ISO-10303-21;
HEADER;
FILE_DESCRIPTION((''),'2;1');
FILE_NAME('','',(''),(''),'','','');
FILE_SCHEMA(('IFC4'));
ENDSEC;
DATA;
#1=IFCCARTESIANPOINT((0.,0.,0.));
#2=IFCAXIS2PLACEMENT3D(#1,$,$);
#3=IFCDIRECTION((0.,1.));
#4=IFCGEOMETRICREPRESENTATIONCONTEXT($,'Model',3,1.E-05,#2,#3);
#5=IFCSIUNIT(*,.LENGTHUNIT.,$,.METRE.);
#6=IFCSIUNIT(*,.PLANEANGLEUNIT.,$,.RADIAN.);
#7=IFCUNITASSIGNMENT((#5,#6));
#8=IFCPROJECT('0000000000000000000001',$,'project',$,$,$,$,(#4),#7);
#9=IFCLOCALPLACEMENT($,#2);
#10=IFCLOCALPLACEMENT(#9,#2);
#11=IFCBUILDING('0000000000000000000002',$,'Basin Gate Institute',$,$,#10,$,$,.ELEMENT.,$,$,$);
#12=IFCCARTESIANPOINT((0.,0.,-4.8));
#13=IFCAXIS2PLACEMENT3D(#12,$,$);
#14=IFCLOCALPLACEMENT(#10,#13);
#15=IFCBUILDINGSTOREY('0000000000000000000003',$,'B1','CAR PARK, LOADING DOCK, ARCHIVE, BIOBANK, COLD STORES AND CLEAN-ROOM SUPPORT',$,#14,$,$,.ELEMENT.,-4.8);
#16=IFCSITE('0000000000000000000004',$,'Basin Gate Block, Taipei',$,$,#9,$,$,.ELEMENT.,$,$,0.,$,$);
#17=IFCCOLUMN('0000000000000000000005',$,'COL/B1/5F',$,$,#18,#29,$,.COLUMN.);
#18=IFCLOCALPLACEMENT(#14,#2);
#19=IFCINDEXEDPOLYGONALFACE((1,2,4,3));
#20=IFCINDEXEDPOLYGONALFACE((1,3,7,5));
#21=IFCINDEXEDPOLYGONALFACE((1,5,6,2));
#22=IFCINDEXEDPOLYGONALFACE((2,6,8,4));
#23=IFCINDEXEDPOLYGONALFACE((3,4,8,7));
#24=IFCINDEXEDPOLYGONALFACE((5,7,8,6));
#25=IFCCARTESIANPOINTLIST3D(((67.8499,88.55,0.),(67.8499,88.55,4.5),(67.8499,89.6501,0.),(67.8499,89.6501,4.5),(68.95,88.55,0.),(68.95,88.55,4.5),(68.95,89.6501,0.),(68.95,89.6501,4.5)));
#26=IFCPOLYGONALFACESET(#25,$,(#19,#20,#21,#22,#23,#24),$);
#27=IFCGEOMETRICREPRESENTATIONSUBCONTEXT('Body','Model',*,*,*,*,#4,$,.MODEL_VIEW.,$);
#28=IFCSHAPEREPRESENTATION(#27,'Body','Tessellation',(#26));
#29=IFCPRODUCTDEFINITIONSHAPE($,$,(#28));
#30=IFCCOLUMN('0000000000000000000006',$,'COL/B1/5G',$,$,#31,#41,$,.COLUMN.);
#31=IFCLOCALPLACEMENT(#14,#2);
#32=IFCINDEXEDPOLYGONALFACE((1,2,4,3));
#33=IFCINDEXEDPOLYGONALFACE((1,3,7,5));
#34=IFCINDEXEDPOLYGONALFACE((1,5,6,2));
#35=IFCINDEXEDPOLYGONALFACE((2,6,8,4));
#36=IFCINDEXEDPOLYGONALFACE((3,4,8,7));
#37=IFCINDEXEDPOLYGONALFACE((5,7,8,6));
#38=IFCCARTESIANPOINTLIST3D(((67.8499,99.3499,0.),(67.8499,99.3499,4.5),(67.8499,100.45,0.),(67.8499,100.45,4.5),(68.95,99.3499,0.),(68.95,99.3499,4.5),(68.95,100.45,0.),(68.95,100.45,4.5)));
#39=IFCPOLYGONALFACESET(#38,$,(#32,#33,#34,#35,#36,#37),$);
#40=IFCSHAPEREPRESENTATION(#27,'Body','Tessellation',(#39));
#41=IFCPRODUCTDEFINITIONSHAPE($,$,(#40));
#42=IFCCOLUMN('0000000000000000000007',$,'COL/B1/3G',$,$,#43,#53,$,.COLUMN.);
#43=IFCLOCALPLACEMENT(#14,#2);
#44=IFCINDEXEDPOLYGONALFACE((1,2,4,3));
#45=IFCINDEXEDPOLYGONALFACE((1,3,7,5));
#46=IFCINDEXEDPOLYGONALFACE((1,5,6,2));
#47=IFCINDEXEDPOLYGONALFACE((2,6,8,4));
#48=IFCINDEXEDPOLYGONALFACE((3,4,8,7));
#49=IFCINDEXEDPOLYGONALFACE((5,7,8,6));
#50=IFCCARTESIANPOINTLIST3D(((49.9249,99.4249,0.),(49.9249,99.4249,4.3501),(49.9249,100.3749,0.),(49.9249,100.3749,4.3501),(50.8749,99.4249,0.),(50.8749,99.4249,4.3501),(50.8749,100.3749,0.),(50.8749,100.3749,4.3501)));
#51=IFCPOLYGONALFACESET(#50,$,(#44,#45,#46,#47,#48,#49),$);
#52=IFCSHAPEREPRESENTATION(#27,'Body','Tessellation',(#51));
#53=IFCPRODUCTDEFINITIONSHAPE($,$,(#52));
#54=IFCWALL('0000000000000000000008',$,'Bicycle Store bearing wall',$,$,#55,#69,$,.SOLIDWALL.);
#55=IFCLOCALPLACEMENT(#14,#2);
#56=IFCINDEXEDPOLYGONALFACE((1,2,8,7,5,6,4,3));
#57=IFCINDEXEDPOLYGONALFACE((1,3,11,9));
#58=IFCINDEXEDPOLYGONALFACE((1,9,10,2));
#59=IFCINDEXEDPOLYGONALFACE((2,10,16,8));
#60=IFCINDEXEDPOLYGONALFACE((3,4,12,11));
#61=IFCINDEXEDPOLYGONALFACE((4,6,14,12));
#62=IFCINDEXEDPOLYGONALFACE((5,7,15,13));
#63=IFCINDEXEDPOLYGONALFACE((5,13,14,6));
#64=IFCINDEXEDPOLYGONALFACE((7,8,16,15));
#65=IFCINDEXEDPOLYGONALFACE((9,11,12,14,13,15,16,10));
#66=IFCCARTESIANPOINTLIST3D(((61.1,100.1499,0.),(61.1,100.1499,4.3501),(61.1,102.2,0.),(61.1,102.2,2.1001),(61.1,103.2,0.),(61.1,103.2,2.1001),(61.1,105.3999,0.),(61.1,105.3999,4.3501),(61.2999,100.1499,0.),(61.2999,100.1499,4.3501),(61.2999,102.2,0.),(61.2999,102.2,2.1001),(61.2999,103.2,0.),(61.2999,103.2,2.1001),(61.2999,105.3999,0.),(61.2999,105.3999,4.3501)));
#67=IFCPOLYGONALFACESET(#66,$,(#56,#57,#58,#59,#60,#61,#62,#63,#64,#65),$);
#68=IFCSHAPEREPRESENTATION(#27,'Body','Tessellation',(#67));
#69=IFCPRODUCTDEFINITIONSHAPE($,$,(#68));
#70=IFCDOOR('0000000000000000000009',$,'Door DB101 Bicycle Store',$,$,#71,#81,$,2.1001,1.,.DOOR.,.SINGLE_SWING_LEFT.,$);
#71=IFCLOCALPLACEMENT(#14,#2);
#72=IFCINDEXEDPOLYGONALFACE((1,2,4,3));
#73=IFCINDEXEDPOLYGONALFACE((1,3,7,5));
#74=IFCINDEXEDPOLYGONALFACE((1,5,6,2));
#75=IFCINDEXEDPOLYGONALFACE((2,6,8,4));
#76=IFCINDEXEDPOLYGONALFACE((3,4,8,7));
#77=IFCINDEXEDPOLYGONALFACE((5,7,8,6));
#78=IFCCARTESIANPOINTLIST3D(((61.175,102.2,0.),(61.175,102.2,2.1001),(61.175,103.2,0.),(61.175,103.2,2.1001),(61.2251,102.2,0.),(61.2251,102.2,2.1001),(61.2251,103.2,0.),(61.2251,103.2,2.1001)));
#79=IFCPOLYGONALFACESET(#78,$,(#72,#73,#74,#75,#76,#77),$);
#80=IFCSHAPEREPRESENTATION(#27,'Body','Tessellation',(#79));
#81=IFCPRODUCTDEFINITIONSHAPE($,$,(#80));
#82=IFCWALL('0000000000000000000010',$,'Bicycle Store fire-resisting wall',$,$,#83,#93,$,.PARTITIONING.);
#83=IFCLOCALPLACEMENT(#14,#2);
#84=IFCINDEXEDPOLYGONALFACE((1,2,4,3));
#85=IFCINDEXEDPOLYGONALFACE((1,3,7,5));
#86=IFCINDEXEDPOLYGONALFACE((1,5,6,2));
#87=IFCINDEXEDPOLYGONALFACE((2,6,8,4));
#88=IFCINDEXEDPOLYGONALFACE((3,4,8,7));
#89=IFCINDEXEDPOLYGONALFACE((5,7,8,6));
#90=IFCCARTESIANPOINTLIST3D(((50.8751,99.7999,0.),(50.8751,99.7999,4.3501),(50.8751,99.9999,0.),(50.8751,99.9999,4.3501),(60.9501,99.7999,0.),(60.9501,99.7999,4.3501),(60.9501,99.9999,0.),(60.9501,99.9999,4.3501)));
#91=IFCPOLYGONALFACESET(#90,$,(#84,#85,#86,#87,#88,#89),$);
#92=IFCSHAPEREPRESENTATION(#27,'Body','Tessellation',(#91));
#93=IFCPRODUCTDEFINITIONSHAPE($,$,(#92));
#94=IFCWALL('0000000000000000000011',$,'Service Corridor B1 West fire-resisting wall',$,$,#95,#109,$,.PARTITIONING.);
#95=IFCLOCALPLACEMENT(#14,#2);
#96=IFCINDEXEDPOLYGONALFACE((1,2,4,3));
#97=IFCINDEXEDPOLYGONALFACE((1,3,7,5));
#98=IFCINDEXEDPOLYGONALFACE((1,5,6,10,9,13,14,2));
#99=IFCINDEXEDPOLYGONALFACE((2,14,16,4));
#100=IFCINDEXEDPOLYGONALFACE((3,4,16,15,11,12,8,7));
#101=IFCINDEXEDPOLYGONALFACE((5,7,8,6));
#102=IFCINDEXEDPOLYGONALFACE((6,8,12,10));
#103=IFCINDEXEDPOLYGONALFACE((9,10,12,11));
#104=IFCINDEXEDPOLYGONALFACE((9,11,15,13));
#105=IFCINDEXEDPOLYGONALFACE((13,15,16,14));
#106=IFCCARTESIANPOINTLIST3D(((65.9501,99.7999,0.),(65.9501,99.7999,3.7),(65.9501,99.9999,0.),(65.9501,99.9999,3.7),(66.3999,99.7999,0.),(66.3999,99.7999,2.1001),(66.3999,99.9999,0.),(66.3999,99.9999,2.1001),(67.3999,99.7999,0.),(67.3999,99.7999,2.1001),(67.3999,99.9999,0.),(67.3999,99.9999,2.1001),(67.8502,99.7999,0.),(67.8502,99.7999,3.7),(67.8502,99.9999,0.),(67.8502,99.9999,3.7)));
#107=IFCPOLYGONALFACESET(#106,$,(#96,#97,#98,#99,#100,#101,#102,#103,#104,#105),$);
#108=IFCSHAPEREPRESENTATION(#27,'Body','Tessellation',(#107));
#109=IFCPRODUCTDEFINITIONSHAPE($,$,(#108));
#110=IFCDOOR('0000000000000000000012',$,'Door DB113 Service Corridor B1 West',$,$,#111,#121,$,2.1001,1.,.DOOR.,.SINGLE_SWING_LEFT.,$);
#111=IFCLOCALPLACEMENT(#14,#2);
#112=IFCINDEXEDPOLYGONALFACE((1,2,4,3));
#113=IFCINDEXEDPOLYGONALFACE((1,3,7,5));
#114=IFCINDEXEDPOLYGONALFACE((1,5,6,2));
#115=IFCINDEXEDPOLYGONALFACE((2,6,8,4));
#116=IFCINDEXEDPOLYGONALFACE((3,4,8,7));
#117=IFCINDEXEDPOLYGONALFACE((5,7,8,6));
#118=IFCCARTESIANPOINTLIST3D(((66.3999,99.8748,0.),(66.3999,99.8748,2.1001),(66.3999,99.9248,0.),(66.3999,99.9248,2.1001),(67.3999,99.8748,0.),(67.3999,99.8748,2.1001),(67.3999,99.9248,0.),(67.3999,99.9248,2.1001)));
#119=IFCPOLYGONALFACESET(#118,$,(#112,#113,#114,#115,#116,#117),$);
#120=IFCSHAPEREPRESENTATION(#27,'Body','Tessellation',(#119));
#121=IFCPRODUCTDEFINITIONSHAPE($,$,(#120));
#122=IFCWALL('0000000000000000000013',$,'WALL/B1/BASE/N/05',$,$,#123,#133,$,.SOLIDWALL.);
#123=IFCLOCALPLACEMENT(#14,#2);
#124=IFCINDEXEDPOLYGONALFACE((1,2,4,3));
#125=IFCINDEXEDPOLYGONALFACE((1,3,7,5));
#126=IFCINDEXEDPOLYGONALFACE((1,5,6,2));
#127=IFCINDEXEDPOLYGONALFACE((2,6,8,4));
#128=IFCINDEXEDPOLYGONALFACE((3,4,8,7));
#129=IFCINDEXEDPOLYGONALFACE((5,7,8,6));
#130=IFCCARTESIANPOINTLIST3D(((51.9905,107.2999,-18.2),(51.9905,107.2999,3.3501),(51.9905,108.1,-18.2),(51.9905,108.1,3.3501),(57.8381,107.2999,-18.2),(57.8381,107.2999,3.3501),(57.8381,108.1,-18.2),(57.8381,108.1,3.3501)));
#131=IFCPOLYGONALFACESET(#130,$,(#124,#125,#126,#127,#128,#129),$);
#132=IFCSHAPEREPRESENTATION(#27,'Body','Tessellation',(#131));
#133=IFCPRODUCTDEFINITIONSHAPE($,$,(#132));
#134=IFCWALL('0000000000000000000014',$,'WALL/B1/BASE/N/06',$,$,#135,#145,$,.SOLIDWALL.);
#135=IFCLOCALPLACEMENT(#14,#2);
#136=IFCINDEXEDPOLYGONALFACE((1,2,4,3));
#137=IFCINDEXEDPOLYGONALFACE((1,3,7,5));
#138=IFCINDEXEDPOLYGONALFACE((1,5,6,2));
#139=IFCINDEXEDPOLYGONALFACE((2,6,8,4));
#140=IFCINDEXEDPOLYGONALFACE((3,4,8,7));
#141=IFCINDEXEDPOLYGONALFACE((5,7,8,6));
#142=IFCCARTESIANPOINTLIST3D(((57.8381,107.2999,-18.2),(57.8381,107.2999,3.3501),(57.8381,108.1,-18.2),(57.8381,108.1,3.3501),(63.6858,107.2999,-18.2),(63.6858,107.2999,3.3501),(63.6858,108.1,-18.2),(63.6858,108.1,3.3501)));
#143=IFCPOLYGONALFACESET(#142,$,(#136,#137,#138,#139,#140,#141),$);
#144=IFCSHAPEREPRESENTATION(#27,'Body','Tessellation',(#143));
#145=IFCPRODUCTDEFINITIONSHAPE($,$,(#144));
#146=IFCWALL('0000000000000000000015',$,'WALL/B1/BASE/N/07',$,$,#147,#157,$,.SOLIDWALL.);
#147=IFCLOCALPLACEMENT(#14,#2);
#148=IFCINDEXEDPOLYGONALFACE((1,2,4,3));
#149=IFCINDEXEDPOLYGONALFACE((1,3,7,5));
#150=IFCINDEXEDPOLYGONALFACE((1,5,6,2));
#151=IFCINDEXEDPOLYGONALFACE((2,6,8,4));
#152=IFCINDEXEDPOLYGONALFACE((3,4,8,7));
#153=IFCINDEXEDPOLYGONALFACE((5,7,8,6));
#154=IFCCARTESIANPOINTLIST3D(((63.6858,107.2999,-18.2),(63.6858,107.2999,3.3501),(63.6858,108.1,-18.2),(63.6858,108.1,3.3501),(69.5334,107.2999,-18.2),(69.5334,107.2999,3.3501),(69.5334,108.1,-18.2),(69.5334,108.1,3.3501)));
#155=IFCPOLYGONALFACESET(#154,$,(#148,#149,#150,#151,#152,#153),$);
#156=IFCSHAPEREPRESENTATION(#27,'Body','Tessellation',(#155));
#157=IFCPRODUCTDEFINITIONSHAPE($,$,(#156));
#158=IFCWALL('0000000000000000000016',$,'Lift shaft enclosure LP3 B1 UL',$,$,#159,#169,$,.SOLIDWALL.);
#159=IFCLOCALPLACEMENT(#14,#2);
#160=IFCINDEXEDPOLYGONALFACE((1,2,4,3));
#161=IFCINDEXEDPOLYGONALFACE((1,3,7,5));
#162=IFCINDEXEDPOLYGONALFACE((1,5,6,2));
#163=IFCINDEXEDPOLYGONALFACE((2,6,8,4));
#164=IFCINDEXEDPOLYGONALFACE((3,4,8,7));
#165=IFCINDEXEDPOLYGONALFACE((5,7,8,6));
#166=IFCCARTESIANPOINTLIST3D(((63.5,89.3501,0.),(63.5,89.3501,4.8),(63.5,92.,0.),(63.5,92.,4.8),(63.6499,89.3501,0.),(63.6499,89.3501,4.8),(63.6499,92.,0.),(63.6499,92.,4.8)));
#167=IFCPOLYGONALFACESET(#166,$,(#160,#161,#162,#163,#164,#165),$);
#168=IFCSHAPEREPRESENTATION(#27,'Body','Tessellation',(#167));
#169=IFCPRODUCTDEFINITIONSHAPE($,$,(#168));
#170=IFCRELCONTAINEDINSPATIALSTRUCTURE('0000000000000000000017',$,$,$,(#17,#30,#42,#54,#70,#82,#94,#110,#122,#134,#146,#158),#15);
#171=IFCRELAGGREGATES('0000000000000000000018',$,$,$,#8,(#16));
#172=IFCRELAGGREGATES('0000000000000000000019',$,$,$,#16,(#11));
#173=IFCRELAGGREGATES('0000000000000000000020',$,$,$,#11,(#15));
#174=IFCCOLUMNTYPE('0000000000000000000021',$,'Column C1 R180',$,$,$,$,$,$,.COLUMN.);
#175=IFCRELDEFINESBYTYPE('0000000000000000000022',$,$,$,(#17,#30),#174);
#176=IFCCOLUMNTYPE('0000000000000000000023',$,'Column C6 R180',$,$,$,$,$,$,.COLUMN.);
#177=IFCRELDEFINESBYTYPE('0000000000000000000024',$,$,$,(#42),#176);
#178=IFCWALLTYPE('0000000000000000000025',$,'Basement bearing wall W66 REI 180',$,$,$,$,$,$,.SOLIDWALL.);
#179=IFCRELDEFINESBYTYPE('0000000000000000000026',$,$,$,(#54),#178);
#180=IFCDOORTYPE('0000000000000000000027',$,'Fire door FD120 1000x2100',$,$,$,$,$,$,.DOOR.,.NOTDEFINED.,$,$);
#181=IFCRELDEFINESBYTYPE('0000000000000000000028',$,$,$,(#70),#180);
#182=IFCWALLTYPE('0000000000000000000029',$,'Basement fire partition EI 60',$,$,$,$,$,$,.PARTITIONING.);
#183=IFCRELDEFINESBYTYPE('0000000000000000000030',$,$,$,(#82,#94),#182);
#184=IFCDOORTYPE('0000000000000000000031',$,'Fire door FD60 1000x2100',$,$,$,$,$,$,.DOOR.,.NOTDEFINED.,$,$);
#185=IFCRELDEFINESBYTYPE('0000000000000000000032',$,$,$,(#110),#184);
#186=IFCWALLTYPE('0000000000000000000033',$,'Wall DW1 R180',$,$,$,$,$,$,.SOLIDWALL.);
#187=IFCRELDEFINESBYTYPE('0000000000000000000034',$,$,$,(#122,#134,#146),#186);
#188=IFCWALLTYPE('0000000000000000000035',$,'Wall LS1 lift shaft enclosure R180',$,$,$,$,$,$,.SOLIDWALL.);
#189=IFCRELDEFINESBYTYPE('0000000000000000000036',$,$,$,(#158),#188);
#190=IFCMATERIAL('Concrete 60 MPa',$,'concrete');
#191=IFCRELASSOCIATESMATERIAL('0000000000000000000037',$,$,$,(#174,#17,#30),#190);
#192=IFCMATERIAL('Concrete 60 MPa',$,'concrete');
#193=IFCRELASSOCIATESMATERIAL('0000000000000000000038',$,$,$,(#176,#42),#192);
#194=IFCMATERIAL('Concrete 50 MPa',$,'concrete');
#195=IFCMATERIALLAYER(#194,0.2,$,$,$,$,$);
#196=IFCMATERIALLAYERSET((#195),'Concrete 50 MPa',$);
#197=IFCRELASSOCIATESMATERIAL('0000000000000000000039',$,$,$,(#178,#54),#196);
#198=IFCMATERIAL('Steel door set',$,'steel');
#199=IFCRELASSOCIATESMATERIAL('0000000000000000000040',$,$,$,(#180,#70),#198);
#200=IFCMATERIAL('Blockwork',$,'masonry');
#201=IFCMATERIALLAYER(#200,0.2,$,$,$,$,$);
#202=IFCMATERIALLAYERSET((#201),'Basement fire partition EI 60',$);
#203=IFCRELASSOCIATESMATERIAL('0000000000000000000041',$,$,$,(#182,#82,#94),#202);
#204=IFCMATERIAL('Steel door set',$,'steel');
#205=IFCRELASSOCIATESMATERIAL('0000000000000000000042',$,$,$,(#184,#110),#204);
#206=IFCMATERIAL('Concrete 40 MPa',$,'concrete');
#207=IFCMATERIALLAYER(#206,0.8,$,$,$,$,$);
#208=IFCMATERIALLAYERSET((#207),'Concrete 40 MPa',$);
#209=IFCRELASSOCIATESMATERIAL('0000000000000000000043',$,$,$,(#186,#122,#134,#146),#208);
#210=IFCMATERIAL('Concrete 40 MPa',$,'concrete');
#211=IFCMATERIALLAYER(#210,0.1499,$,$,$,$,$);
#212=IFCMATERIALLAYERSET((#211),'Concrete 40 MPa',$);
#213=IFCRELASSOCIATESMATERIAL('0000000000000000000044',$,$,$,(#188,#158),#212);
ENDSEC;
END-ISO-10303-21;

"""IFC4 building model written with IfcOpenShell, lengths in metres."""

from ifc_helpers import new_model, si_unit, direction, frame, frame_2d, origin, origin_2d, place, context, subcontext, project, spatial, rectangle, extrude, material, layer, layer_set, material_profile, profile_set, type_object, element, fill, save


model = new_model("IFC4")

# Units and contexts
model_context = context("Model", 3, precision=1e-05, world=origin(), true_north=direction((0.0, 1.0)))
body_context = subcontext(model_context, "Body", "Model", "MODEL_VIEW")
ifc_project = project(units=[si_unit("LENGTHUNIT", "METRE"), si_unit("PLANEANGLEUNIT", "RADIAN")], contexts=[model_context])

# Site, building, storey
site_placement = place(None, origin())
site = spatial("IfcSite", under=ifc_project, at=site_placement, Name="Basin Gate Block, Taipei", CompositionType="ELEMENT", RefElevation=0.0)
building_placement = place(site_placement, origin())
building = spatial("IfcBuilding", under=site, at=building_placement, Name="Basin Gate Institute", CompositionType="ELEMENT")
storey_placement = place(building_placement, frame((0.0, 0.0, -4.8)))
storey = spatial("IfcBuildingStorey", under=building, at=storey_placement, Name="B1", Description="CAR PARK, LOADING DOCK, ARCHIVE, BIOBANK, COLD STORES AND CLEAN-ROOM SUPPORT", CompositionType="ELEMENT", Elevation=-4.8)

# Columns
ifc_material_1 = material(Name="Concrete 60 MPa", Category="concrete")
ifc_material_profile_1 = material_profile(ifc_material_1, rectangle(XDim=1.1001, YDim=1.1001, at=origin_2d()), Name="Column C1 1100 x 1100")
ifc_profile_set_1 = profile_set([ifc_material_profile_1], Name="Concrete 60 MPa")
column_type_1 = type_object("IfcColumnType", Name="Column C1 R180", PredefinedType="COLUMN", material=ifc_profile_set_1)
for number, where, z_axis, x_axis, name in (
    (1, (68.3999, 89.1001, 0.0), (0.0, 0.0, 1.0), (1.0, 0.0, 0.0), "COL/B1/5F"),
    (2, (68.3999, 99.8999, 0.0), (0.0, 0.0, 1.0), (1.0, 0.0, 0.0), "COL/B1/5G"),
):
    element("IfcColumn", number, at=place(storey_placement, frame(where, z_axis=z_axis, x_axis=x_axis)), inside=storey, type_object=column_type_1, material=ifc_profile_set_1, Name=name, PredefinedType="COLUMN", context=body_context, shape_type="SweptSolid", body=[
        extrude(rectangle(XDim=1.1001, YDim=1.1001, at=origin_2d()), origin(), (0.0, 0.0, 1.0), 4.5),
    ])
ifc_material_2 = material(Name="Concrete 60 MPa", Category="concrete")
ifc_material_profile_2 = material_profile(ifc_material_2, rectangle(XDim=0.95, YDim=0.95, at=origin_2d()), Name="Column C6 950 x 950")
ifc_profile_set_2 = profile_set([ifc_material_profile_2], Name="Concrete 60 MPa")
column_type_2 = type_object("IfcColumnType", Name="Column C6 R180", PredefinedType="COLUMN", material=ifc_profile_set_2)
column_placement = place(storey_placement, frame((50.3999, 99.8999, 0.0), z_axis=(0.0, 0.0, 1.0), x_axis=(1.0, 0.0, 0.0)))
element("IfcColumn", 3, at=column_placement, inside=storey, type_object=column_type_2, material=ifc_profile_set_2, Name="COL/B1/3G", PredefinedType="COLUMN", context=body_context, shape_type="SweptSolid", body=[
    extrude(rectangle(XDim=0.95, YDim=0.95, at=origin_2d()), origin(), (0.0, 0.0, 1.0), 4.3501),
])

# Wall, opening, door
ifc_material_3 = material(Name="Concrete 50 MPa", Category="concrete")
ifc_layer_1 = layer(ifc_material_3, 0.2)
ifc_layer_set_1 = layer_set([ifc_layer_1], Name="Concrete 50 MPa")
wall_type_1 = type_object("IfcWallType", Name="Basement bearing wall W66 REI 180", PredefinedType="SOLIDWALL", material=ifc_layer_set_1)
wall_1_placement = place(storey_placement, frame((61.2, 100.1499, 0.0), z_axis=(0.0, 0.0, 1.0), x_axis=(0.0, 1.0, 0.0)))
wall_1 = element("IfcWall", 4, at=wall_1_placement, inside=storey, type_object=wall_type_1, material=ifc_layer_set_1, Name="Bicycle Store bearing wall", PredefinedType="SOLIDWALL", context=body_context, shape_type="SweptSolid", body=[
    extrude(rectangle(XDim=5.25, YDim=0.2, at=frame_2d((2.625, 0.0))), origin(), (0.0, 0.0, 1.0), 4.3501),
])
opening_1_placement = place(wall_1_placement, frame((2.05, 0.0, 0.0)))
opening_1 = element("IfcOpeningElement", 5, at=opening_1_placement, cuts=wall_1, PredefinedType="OPENING", context=body_context, shape_type="SweptSolid", body=[
    extrude(rectangle(XDim=1.0, YDim=2.1001, at=frame_2d((0.5, 1.05))), frame((0.0, 0.1099, 0.0), z_axis=(0.0, -1.0, 0.0), x_axis=(1.0, 0.0, 0.0)), (0.0, 0.0, 1.0), 0.22),
])
ifc_material_4 = material(Name="Steel door set", Category="steel")
door_type_1 = type_object("IfcDoorType", Name="Fire door FD120 1000x2100", OperationType="NOTDEFINED", PredefinedType="DOOR", material=ifc_material_4)
door_1_placement = place(opening_1_placement, origin())
door_1 = element("IfcDoor", 6, at=door_1_placement, inside=storey, type_object=door_type_1, material=ifc_material_4, Name="Door DB101 Bicycle Store", OperationType="SINGLE_SWING_LEFT", OverallHeight=2.1001, OverallWidth=1.0, PredefinedType="DOOR", context=body_context, shape_type="SweptSolid", body=[
    extrude(rectangle(XDim=1.0, YDim=2.1001, at=frame_2d((0.5, 1.05))), frame((0.0, 0.0249, 0.0), z_axis=(0.0, -1.0, 0.0), x_axis=(1.0, 0.0, 0.0)), (0.0, 0.0, 1.0), 0.05),
])
fill(opening_1, door_1)

# Wall
ifc_material_5 = material(Name="Blockwork", Category="masonry")
ifc_layer_2 = layer(ifc_material_5, 0.2)
ifc_layer_set_2 = layer_set([ifc_layer_2], Name="Basement fire partition EI 60")
wall_type_2 = type_object("IfcWallType", Name="Basement fire partition EI 60", PredefinedType="PARTITIONING", material=ifc_layer_set_2)
wall_2_placement = place(storey_placement, frame((50.875, 99.8999, 0.0), z_axis=(0.0, 0.0, 1.0), x_axis=(1.0, 0.0, 0.0)))
element("IfcWall", 7, at=wall_2_placement, inside=storey, type_object=wall_type_2, material=ifc_layer_set_2, Name="Bicycle Store fire-resisting wall", PredefinedType="PARTITIONING", context=body_context, shape_type="SweptSolid", body=[
    extrude(rectangle(XDim=10.075, YDim=0.2, at=frame_2d((5.0376, 0.0))), origin(), (0.0, 0.0, 1.0), 4.3501),
])

# Wall, opening, door
wall_3_placement = place(storey_placement, frame((65.95, 99.8999, 0.0), z_axis=(0.0, 0.0, 1.0), x_axis=(1.0, 0.0, 0.0)))
wall_3 = element("IfcWall", 8, at=wall_3_placement, inside=storey, type_object=wall_type_2, material=ifc_layer_set_2, Name="Service Corridor B1 West fire-resisting wall", PredefinedType="PARTITIONING", context=body_context, shape_type="SweptSolid", body=[
    extrude(rectangle(XDim=1.9001, YDim=0.2, at=frame_2d((0.9502, 0.0))), origin(), (0.0, 0.0, 1.0), 3.7),
])
opening_2_placement = place(wall_3_placement, frame((0.45, 0.0, 0.0)))
opening_2 = element("IfcOpeningElement", 9, at=opening_2_placement, cuts=wall_3, PredefinedType="OPENING", context=body_context, shape_type="SweptSolid", body=[
    extrude(rectangle(XDim=1.0, YDim=2.1001, at=frame_2d((0.5, 1.05))), frame((0.0, 0.1099, 0.0), z_axis=(0.0, -1.0, 0.0), x_axis=(1.0, 0.0, 0.0)), (0.0, 0.0, 1.0), 0.22),
])
ifc_material_6 = material(Name="Steel door set", Category="steel")
door_type_2 = type_object("IfcDoorType", Name="Fire door FD60 1000x2100", OperationType="NOTDEFINED", PredefinedType="DOOR", material=ifc_material_6)
door_2_placement = place(opening_2_placement, origin())
door_2 = element("IfcDoor", 10, at=door_2_placement, inside=storey, type_object=door_type_2, material=ifc_material_6, Name="Door DB113 Service Corridor B1 West", OperationType="SINGLE_SWING_LEFT", OverallHeight=2.1001, OverallWidth=1.0, PredefinedType="DOOR", context=body_context, shape_type="SweptSolid", body=[
    extrude(rectangle(XDim=1.0, YDim=2.1001, at=frame_2d((0.5, 1.05))), frame((0.0, 0.0249, 0.0), z_axis=(0.0, -1.0, 0.0), x_axis=(1.0, 0.0, 0.0)), (0.0, 0.0, 1.0), 0.05),
])
fill(opening_2, door_2)

# Walls
ifc_material_7 = material(Name="Concrete 40 MPa", Category="concrete")
ifc_layer_3 = layer(ifc_material_7, 0.8)
ifc_layer_set_3 = layer_set([ifc_layer_3], Name="Concrete 40 MPa")
wall_type_3 = type_object("IfcWallType", Name="Wall DW1 R180", PredefinedType="SOLIDWALL", material=ifc_layer_set_3)
for number, where, z_axis, x_axis, name in (
    (11, (51.9905, 107.7, -18.2), (0.0, 0.0, 1.0), (1.0, 0.0, 0.0), "WALL/B1/BASE/N/05"),
    (12, (57.8381, 107.7, -18.2), (0.0, 0.0, 1.0), (1.0, 0.0, 0.0), "WALL/B1/BASE/N/06"),
    (13, (63.6858, 107.7, -18.2), (0.0, 0.0, 1.0), (1.0, 0.0, 0.0), "WALL/B1/BASE/N/07"),
):
    element("IfcWall", number, at=place(storey_placement, frame(where, z_axis=z_axis, x_axis=x_axis)), inside=storey, type_object=wall_type_3, material=ifc_layer_set_3, Name=name, PredefinedType="SOLIDWALL", context=body_context, shape_type="SweptSolid", body=[
        extrude(rectangle(XDim=5.8477, YDim=0.8, at=frame_2d((2.9238, 0.0))), origin(), (0.0, 0.0, 1.0), 21.55),
    ])
ifc_material_8 = material(Name="Concrete 40 MPa", Category="concrete")
ifc_layer_4 = layer(ifc_material_8, 0.1499)
ifc_layer_set_4 = layer_set([ifc_layer_4], Name="Concrete 40 MPa")
wall_type_4 = type_object("IfcWallType", Name="Wall LS1 lift shaft enclosure R180", PredefinedType="SOLIDWALL", material=ifc_layer_set_4)
wall_4_placement = place(storey_placement, frame((63.575, 92.0, 0.0), z_axis=(0.0, 0.0, 1.0), x_axis=(0.0, -1.0, 0.0)))
element("IfcWall", 14, at=wall_4_placement, inside=storey, type_object=wall_type_4, material=ifc_layer_set_4, Name="Lift shaft enclosure LP3 B1 UL", PredefinedType="SOLIDWALL", context=body_context, shape_type="SweptSolid", body=[
    extrude(rectangle(XDim=2.6499, YDim=0.1499, at=frame_2d((1.325, 0.0))), origin(), (0.0, 0.0, 1.0), 4.8),
])

save(model, "model.ifc")
